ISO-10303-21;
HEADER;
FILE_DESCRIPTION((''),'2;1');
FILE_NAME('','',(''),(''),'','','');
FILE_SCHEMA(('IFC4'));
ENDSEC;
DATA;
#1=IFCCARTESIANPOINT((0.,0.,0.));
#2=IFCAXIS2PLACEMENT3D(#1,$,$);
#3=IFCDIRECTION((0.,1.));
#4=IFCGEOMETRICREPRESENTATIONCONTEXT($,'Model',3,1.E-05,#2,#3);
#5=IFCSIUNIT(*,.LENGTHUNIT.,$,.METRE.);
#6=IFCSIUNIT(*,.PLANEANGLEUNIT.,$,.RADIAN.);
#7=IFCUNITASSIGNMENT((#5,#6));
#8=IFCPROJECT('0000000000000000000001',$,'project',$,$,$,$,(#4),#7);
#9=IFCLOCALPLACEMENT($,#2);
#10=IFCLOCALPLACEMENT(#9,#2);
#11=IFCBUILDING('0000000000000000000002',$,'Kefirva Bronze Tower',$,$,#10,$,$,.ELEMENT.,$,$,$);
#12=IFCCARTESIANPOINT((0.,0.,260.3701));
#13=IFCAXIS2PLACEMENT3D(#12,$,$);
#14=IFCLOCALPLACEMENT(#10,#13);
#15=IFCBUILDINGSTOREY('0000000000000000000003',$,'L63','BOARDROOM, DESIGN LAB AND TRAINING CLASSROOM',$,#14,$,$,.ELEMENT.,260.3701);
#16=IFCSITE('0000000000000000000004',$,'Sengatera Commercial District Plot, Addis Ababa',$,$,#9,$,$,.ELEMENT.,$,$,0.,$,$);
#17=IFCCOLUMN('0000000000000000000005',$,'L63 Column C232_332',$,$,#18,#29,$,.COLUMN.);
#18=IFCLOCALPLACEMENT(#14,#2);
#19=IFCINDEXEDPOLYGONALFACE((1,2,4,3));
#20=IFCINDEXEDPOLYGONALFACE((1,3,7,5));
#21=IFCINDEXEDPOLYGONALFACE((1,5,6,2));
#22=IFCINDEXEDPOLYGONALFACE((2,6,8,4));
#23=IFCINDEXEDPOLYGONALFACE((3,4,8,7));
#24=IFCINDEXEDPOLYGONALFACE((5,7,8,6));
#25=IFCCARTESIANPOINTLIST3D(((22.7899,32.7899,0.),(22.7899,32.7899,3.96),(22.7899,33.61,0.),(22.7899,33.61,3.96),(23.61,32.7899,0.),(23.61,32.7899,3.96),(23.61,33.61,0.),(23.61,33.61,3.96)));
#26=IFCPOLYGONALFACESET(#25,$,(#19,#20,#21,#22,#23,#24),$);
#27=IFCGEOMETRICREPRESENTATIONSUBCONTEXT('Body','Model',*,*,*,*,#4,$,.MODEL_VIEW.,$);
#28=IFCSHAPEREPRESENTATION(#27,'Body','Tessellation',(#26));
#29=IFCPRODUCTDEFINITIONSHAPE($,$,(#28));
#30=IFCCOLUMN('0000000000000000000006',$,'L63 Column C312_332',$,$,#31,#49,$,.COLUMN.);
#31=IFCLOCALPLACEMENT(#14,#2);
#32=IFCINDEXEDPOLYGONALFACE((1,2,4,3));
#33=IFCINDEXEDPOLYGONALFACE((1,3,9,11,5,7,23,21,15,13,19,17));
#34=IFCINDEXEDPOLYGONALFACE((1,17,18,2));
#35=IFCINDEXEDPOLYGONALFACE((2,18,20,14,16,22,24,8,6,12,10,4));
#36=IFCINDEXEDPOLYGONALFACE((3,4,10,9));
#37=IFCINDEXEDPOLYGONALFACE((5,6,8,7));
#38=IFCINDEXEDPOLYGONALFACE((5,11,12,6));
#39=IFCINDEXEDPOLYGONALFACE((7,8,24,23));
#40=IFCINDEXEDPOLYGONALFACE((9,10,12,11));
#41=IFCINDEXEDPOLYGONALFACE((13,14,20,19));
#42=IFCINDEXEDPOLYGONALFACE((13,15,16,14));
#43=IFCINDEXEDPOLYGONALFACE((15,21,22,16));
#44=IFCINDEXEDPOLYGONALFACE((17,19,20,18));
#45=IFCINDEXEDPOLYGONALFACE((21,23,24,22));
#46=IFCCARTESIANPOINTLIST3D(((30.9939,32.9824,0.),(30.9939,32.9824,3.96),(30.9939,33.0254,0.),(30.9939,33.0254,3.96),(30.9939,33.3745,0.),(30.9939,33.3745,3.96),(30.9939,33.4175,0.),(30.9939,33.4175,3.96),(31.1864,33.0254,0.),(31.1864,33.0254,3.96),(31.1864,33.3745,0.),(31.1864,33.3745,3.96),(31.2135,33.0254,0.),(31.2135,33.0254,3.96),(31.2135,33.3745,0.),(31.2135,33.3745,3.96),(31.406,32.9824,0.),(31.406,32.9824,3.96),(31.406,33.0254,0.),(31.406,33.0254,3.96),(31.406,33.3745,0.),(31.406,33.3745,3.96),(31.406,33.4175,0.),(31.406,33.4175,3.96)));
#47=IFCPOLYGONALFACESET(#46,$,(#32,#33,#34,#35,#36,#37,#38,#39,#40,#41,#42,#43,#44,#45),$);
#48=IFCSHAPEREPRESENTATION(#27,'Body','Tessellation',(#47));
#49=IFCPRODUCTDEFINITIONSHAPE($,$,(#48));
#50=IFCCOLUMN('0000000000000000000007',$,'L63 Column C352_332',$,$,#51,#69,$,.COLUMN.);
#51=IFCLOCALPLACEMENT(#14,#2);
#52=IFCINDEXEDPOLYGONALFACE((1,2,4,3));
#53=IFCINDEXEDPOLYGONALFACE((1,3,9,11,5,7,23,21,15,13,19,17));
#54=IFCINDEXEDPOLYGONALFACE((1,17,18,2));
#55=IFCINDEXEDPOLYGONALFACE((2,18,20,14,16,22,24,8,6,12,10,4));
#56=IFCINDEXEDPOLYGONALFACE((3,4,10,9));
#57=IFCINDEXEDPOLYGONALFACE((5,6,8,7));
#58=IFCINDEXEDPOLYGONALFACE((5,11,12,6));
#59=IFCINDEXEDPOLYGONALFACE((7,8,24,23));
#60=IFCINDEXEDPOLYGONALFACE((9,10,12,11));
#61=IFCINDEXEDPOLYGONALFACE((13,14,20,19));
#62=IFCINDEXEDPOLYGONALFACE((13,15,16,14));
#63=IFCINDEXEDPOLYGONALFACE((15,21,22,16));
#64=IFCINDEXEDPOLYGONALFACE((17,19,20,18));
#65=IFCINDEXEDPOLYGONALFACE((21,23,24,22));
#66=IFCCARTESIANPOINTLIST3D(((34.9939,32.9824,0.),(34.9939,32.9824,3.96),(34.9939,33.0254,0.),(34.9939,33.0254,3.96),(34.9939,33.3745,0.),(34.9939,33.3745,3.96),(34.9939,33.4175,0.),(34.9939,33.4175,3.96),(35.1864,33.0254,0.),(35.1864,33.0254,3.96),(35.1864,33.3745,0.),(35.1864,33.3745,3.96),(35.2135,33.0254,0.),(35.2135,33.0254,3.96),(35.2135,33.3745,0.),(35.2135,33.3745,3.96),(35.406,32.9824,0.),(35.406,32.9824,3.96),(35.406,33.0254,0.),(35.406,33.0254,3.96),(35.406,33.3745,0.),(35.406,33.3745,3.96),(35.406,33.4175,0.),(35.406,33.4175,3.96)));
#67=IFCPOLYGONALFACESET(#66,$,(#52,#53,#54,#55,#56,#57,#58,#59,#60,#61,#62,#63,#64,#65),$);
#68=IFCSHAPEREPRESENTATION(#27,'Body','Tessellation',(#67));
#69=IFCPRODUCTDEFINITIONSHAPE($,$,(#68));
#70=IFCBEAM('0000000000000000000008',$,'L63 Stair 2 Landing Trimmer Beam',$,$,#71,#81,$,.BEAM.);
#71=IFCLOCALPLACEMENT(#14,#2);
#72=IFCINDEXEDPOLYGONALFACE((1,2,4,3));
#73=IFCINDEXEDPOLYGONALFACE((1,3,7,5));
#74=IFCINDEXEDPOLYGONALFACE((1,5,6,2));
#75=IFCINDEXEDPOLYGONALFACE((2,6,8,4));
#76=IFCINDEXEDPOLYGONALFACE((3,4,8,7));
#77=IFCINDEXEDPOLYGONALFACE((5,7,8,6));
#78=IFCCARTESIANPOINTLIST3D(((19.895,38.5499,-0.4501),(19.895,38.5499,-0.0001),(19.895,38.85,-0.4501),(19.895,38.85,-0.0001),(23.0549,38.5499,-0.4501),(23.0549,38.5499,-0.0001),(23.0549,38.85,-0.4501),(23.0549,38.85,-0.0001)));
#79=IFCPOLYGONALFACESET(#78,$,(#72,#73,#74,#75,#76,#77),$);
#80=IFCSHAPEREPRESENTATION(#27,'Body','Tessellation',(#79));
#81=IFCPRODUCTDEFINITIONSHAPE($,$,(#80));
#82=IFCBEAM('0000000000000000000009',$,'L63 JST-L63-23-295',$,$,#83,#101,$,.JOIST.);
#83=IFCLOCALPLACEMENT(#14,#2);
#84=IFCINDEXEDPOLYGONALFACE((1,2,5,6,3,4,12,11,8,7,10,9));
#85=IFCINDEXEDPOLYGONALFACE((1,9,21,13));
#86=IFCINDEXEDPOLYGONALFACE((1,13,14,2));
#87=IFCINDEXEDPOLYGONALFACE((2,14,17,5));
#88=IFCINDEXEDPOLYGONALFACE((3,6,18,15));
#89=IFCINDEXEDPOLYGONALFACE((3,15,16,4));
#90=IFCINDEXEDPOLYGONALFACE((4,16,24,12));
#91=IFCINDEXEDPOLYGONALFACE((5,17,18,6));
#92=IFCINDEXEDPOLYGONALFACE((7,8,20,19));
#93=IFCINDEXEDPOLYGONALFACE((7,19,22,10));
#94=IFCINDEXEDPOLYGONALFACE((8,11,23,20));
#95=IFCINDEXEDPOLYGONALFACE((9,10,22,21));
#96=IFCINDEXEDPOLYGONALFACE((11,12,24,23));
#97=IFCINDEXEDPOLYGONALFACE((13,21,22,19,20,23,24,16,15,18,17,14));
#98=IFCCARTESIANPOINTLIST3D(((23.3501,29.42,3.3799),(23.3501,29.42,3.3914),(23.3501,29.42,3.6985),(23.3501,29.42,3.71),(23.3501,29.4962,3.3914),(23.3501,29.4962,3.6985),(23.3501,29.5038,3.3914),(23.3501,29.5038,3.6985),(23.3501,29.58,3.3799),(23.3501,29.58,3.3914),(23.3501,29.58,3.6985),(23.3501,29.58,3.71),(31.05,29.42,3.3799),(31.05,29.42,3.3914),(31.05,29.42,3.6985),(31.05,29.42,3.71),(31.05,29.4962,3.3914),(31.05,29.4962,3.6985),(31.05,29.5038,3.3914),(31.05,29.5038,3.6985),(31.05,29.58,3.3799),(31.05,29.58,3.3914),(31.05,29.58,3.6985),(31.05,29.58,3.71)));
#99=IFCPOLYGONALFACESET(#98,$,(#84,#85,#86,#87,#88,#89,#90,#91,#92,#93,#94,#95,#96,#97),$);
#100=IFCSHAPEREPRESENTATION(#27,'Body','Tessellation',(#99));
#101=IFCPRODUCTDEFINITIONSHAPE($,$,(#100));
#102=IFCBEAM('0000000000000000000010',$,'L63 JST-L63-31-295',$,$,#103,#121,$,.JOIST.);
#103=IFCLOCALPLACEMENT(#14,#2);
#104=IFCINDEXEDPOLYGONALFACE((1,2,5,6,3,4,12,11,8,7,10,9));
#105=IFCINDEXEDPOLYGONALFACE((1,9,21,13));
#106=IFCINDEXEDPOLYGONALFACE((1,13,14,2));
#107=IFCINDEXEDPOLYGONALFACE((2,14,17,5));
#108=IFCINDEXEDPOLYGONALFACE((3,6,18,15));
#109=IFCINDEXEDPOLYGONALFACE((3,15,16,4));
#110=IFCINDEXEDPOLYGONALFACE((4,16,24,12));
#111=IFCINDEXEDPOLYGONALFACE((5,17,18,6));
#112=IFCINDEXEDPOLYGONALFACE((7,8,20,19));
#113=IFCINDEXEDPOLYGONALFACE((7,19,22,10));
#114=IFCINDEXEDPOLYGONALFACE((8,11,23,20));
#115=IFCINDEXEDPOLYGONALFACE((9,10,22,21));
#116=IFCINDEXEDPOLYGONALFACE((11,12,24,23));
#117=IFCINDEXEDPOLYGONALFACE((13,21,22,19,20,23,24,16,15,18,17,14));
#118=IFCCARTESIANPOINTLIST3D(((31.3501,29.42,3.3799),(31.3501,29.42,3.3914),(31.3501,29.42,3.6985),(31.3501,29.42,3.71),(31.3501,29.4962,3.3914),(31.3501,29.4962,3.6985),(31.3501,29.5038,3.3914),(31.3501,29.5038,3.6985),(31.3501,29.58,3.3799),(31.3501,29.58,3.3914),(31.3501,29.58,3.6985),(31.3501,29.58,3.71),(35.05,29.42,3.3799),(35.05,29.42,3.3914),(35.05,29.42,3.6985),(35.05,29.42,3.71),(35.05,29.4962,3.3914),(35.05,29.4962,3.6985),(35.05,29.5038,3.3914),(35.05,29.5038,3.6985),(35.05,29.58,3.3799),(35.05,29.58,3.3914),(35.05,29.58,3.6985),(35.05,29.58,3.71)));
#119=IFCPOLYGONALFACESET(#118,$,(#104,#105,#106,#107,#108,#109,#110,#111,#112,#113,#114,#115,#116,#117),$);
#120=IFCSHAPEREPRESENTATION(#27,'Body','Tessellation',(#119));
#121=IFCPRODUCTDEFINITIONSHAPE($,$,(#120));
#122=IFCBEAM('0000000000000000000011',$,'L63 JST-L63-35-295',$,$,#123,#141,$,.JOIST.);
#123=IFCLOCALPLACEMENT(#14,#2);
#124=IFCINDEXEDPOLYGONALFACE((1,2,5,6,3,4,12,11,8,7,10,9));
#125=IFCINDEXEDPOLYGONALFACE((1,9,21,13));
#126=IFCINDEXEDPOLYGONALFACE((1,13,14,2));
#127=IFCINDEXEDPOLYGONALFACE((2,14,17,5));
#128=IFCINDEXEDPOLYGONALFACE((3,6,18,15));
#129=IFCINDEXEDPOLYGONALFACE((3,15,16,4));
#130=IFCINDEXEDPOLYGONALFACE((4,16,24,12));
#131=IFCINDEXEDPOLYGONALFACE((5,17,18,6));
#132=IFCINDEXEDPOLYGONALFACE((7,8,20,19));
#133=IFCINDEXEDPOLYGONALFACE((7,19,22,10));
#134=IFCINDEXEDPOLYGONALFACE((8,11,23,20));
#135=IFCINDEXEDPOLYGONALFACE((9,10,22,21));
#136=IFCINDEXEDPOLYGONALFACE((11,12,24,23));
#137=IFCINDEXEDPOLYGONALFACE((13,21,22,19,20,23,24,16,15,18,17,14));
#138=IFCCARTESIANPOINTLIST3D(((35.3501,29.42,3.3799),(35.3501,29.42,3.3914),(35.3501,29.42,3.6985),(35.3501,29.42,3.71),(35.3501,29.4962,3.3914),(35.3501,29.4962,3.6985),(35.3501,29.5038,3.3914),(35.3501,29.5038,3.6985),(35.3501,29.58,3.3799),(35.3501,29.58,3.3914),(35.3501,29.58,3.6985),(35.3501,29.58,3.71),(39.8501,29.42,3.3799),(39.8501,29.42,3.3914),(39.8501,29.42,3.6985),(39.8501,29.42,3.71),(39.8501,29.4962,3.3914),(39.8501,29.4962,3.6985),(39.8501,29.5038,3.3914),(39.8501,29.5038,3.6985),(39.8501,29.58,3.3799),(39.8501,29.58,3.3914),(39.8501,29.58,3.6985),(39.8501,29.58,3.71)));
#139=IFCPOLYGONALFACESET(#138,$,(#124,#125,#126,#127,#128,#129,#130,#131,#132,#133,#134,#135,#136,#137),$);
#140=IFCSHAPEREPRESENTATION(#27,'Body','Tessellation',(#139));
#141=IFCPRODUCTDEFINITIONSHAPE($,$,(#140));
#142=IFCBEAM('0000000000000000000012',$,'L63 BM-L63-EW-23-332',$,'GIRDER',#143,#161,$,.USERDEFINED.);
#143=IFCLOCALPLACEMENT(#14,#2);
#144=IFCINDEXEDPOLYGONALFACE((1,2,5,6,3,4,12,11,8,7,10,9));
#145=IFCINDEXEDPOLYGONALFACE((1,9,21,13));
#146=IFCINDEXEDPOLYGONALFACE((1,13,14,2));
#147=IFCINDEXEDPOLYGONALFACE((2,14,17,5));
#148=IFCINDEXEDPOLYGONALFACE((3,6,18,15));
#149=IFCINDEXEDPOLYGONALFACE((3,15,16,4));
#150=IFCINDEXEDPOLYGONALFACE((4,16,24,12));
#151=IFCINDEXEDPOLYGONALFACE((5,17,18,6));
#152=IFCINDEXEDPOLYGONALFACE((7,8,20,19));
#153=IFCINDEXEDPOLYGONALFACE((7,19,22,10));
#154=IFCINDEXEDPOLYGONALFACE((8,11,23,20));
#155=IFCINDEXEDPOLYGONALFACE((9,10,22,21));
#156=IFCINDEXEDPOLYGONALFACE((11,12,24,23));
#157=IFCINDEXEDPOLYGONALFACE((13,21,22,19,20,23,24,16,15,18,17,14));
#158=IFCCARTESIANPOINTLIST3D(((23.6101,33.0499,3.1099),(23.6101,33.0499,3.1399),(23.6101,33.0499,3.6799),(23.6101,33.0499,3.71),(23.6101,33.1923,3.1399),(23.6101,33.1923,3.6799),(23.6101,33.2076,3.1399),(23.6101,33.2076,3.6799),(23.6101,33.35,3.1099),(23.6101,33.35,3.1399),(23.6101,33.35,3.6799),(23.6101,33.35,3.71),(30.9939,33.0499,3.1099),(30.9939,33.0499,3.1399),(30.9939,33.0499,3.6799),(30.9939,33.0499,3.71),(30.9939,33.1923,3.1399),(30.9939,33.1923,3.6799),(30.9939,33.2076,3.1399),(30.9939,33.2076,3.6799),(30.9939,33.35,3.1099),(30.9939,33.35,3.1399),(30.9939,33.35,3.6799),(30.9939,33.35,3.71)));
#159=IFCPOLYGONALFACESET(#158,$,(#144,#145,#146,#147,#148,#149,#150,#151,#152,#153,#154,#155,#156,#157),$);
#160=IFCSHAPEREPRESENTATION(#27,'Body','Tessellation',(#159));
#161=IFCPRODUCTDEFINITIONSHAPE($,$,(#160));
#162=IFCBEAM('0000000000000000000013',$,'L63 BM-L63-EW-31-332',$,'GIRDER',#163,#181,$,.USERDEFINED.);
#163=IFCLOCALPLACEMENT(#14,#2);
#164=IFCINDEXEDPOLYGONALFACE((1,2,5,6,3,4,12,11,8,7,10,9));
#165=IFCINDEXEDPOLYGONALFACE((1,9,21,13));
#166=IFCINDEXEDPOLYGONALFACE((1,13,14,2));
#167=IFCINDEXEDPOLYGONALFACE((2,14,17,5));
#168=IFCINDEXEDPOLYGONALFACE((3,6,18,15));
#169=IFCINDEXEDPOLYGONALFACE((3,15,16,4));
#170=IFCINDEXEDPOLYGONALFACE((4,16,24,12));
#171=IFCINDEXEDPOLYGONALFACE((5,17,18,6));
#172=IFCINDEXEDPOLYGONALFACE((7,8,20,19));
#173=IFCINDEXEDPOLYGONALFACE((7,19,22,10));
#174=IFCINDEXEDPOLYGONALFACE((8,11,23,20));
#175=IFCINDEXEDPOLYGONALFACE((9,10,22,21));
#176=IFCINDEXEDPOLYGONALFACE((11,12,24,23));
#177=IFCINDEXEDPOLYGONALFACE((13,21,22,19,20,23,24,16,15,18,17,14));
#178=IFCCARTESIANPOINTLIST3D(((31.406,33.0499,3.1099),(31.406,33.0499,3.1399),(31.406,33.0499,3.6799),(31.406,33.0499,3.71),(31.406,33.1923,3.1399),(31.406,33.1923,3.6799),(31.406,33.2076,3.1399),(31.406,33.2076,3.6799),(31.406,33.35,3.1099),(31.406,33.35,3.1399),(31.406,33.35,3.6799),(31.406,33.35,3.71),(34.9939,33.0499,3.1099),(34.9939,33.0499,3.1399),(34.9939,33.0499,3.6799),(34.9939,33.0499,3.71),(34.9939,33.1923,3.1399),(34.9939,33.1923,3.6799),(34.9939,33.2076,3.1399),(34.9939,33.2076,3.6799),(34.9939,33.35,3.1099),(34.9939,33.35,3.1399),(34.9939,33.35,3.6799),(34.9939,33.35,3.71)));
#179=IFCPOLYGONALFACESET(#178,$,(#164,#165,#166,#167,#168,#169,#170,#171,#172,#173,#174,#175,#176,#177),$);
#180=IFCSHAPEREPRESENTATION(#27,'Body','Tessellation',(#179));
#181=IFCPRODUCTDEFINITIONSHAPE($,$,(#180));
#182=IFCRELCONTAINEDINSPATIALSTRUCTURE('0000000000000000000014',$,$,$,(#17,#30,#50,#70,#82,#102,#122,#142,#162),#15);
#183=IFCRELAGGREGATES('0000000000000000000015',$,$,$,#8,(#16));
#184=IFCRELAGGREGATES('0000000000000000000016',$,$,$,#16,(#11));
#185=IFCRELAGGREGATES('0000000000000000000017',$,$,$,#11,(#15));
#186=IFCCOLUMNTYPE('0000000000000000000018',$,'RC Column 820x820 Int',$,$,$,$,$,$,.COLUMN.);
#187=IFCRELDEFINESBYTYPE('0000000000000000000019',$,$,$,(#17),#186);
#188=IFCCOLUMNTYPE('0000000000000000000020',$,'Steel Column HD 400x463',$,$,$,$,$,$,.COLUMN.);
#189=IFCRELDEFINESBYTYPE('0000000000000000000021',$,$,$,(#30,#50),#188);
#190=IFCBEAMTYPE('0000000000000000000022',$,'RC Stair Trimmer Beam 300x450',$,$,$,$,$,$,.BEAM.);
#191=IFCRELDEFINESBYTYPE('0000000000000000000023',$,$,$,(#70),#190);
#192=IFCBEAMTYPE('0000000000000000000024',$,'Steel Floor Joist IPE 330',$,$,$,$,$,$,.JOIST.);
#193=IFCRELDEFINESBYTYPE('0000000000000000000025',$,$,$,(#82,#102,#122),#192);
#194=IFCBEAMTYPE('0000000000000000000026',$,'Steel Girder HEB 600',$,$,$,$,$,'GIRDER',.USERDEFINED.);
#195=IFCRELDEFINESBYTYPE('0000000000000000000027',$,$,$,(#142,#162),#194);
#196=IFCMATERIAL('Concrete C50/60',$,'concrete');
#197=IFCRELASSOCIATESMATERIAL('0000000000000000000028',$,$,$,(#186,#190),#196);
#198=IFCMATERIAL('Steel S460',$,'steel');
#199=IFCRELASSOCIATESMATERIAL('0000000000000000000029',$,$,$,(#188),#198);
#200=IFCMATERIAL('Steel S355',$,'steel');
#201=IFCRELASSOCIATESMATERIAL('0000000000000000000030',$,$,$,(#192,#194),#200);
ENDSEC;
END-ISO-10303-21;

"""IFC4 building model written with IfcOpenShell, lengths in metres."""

from ifc_helpers import new_model, si_unit, direction, frame, origin, origin_2d, place, context, subcontext, project, spatial, rectangle, i_section, extrude, material, material_profile, profile_set, type_object, element, save


model = new_model("IFC4")

# Units and contexts
model_context = context("Model", 3, precision=1e-05, world=origin(), true_north=direction((0.0, 1.0)))
body_context = subcontext(model_context, "Body", "Model", "MODEL_VIEW")
ifc_project = project(units=[si_unit("LENGTHUNIT", "METRE"), si_unit("PLANEANGLEUNIT", "RADIAN")], contexts=[model_context])

# Site, building, storey
site_placement = place(None, origin())
site = spatial("IfcSite", under=ifc_project, at=site_placement, Name="Sengatera Commercial District Plot, Addis Ababa", CompositionType="ELEMENT", RefElevation=0.0)
building_placement = place(site_placement, origin())
building = spatial("IfcBuilding", under=site, at=building_placement, Name="Kefirva Bronze Tower", CompositionType="ELEMENT")
storey_placement = place(building_placement, frame((0.0, 0.0, 260.3701)))
storey = spatial("IfcBuildingStorey", under=building, at=storey_placement, Name="L63", Description="BOARDROOM, DESIGN LAB AND TRAINING CLASSROOM", CompositionType="ELEMENT", Elevation=260.3701)

# Columns
ifc_material_1 = material(Name="Concrete C50/60", Category="concrete")
ifc_material_profile_1 = material_profile(ifc_material_1, rectangle(XDim=0.8201, YDim=0.8201, at=origin_2d()), Name="RC 820x820")
ifc_profile_set_1 = profile_set([ifc_material_profile_1], Name="Concrete C50/60")
column_type_1 = type_object("IfcColumnType", Name="RC Column 820x820 Int", PredefinedType="COLUMN", material=ifc_profile_set_1)
column_placement = place(storey_placement, frame((23.2, 33.2, 0.0), z_axis=(0.0, 0.0, 1.0), x_axis=(1.0, 0.0, 0.0)))
element("IfcColumn", 1, at=column_placement, inside=storey, type_object=column_type_1, Name="L63 Column C232_332", PredefinedType="COLUMN", context=body_context, shape_type="SweptSolid", body=[
    extrude(rectangle(XDim=0.8201, YDim=0.8201, at=origin_2d()), origin(), (0.0, 0.0, 1.0), 3.96),
])
ifc_material_2 = material(Name="Steel S460", Category="steel")
ifc_material_profile_2 = material_profile(ifc_material_2, i_section(OverallWidth=0.4121, OverallDepth=0.4351, WebThickness=0.0271, FlangeThickness=0.043, at=origin_2d()), Name="HD 400x463")
ifc_profile_set_2 = profile_set([ifc_material_profile_2], Name="Steel S460")
column_type_2 = type_object("IfcColumnType", Name="Steel Column HD 400x463", PredefinedType="COLUMN", material=ifc_profile_set_2)
for number, where, z_axis, x_axis, name in (
    (2, (31.2, 33.2, 0.0), (0.0, 0.0, 1.0), (1.0, 0.0, 0.0), "L63 Column C312_332"),
    (3, (35.2, 33.2, 0.0), (0.0, 0.0, 1.0), (1.0, 0.0, 0.0), "L63 Column C352_332"),
):
    element("IfcColumn", number, at=place(storey_placement, frame(where, z_axis=z_axis, x_axis=x_axis)), inside=storey, type_object=column_type_2, Name=name, PredefinedType="COLUMN", context=body_context, shape_type="SweptSolid", body=[
        extrude(i_section(OverallWidth=0.4121, OverallDepth=0.4351, WebThickness=0.0271, FlangeThickness=0.043, at=origin_2d()), origin(), (0.0, 0.0, 1.0), 3.96),
    ])

# Beams
ifc_material_profile_3 = material_profile(ifc_material_1, rectangle(XDim=0.3, YDim=0.45, at=origin_2d()), Name="RC 300x450")
ifc_profile_set_3 = profile_set([ifc_material_profile_3], Name="Concrete C50/60")
beam_type_1 = type_object("IfcBeamType", Name="RC Stair Trimmer Beam 300x450", PredefinedType="BEAM", material=ifc_profile_set_3)
beam_1_placement = place(storey_placement, frame((19.895, 38.7, -0.2251), z_axis=(1.0, 0.0, 0.0), x_axis=(0.0, 1.0, 0.0)))
element("IfcBeam", 4, at=beam_1_placement, inside=storey, type_object=beam_type_1, Name="L63 Stair 2 Landing Trimmer Beam", PredefinedType="BEAM", context=body_context, shape_type="SweptSolid", body=[
    extrude(rectangle(XDim=0.3, YDim=0.45, at=origin_2d()), origin(), (0.0, 0.0, 1.0), 3.1599),
])
ifc_material_3 = material(Name="Steel S355", Category="steel")
ifc_material_profile_4 = material_profile(ifc_material_3, i_section(OverallWidth=0.1599, OverallDepth=0.3301, WebThickness=0.0076, FlangeThickness=0.0115, at=origin_2d()), Name="IPE 330")
ifc_profile_set_4 = profile_set([ifc_material_profile_4], Name="Steel S355")
beam_type_2 = type_object("IfcBeamType", Name="Steel Floor Joist IPE 330", PredefinedType="JOIST", material=ifc_profile_set_4)
beam_2_placement = place(storey_placement, frame((23.3501, 29.5, 3.5449), z_axis=(1.0, 0.0, 0.0), x_axis=(0.0, 1.0, 0.0)))
element("IfcBeam", 5, at=beam_2_placement, inside=storey, type_object=beam_type_2, Name="L63 JST-L63-23-295", PredefinedType="JOIST", context=body_context, shape_type="SweptSolid", body=[
    extrude(i_section(OverallWidth=0.1599, OverallDepth=0.3301, WebThickness=0.0076, FlangeThickness=0.0115, at=origin_2d()), origin(), (0.0, 0.0, 1.0), 7.7),
])
beam_3_placement = place(storey_placement, frame((31.3501, 29.5, 3.5449), z_axis=(1.0, 0.0, 0.0), x_axis=(0.0, 1.0, 0.0)))
element("IfcBeam", 6, at=beam_3_placement, inside=storey, type_object=beam_type_2, Name="L63 JST-L63-31-295", PredefinedType="JOIST", context=body_context, shape_type="SweptSolid", body=[
    extrude(i_section(OverallWidth=0.1599, OverallDepth=0.3301, WebThickness=0.0076, FlangeThickness=0.0115, at=origin_2d()), origin(), (0.0, 0.0, 1.0), 3.7),
])
beam_4_placement = place(storey_placement, frame((35.3501, 29.5, 3.5449), z_axis=(1.0, 0.0, 0.0), x_axis=(0.0, 1.0, 0.0)))
element("IfcBeam", 7, at=beam_4_placement, inside=storey, type_object=beam_type_2, Name="L63 JST-L63-35-295", PredefinedType="JOIST", context=body_context, shape_type="SweptSolid", body=[
    extrude(i_section(OverallWidth=0.1599, OverallDepth=0.3301, WebThickness=0.0076, FlangeThickness=0.0115, at=origin_2d()), origin(), (0.0, 0.0, 1.0), 4.5),
])
ifc_material_profile_5 = material_profile(ifc_material_3, i_section(OverallWidth=0.3, OverallDepth=0.6001, WebThickness=0.0154, FlangeThickness=0.03, at=origin_2d()), Name="HEB 600")
ifc_profile_set_5 = profile_set([ifc_material_profile_5], Name="Steel S355")
beam_type_3 = type_object("IfcBeamType", Name="Steel Girder HEB 600", ElementType="GIRDER", PredefinedType="USERDEFINED", material=ifc_profile_set_5)
beam_5_placement = place(storey_placement, frame((23.6101, 33.2, 3.4099), z_axis=(1.0, 0.0, 0.0), x_axis=(0.0, 1.0, 0.0)))
element("IfcBeam", 8, at=beam_5_placement, inside=storey, type_object=beam_type_3, Name="L63 BM-L63-EW-23-332", ObjectType="GIRDER", PredefinedType="USERDEFINED", context=body_context, shape_type="SweptSolid", body=[
    extrude(i_section(OverallWidth=0.3, OverallDepth=0.6001, WebThickness=0.0154, FlangeThickness=0.03, at=origin_2d()), origin(), (0.0, 0.0, 1.0), 7.3838),
])
beam_6_placement = place(storey_placement, frame((31.406, 33.2, 3.4099), z_axis=(1.0, 0.0, 0.0), x_axis=(0.0, 1.0, 0.0)))
element("IfcBeam", 9, at=beam_6_placement, inside=storey, type_object=beam_type_3, Name="L63 BM-L63-EW-31-332", ObjectType="GIRDER", PredefinedType="USERDEFINED", context=body_context, shape_type="SweptSolid", body=[
    extrude(i_section(OverallWidth=0.3, OverallDepth=0.6001, WebThickness=0.0154, FlangeThickness=0.03, at=origin_2d()), origin(), (0.0, 0.0, 1.0), 3.5879),
])

save(model, "model.ifc")
